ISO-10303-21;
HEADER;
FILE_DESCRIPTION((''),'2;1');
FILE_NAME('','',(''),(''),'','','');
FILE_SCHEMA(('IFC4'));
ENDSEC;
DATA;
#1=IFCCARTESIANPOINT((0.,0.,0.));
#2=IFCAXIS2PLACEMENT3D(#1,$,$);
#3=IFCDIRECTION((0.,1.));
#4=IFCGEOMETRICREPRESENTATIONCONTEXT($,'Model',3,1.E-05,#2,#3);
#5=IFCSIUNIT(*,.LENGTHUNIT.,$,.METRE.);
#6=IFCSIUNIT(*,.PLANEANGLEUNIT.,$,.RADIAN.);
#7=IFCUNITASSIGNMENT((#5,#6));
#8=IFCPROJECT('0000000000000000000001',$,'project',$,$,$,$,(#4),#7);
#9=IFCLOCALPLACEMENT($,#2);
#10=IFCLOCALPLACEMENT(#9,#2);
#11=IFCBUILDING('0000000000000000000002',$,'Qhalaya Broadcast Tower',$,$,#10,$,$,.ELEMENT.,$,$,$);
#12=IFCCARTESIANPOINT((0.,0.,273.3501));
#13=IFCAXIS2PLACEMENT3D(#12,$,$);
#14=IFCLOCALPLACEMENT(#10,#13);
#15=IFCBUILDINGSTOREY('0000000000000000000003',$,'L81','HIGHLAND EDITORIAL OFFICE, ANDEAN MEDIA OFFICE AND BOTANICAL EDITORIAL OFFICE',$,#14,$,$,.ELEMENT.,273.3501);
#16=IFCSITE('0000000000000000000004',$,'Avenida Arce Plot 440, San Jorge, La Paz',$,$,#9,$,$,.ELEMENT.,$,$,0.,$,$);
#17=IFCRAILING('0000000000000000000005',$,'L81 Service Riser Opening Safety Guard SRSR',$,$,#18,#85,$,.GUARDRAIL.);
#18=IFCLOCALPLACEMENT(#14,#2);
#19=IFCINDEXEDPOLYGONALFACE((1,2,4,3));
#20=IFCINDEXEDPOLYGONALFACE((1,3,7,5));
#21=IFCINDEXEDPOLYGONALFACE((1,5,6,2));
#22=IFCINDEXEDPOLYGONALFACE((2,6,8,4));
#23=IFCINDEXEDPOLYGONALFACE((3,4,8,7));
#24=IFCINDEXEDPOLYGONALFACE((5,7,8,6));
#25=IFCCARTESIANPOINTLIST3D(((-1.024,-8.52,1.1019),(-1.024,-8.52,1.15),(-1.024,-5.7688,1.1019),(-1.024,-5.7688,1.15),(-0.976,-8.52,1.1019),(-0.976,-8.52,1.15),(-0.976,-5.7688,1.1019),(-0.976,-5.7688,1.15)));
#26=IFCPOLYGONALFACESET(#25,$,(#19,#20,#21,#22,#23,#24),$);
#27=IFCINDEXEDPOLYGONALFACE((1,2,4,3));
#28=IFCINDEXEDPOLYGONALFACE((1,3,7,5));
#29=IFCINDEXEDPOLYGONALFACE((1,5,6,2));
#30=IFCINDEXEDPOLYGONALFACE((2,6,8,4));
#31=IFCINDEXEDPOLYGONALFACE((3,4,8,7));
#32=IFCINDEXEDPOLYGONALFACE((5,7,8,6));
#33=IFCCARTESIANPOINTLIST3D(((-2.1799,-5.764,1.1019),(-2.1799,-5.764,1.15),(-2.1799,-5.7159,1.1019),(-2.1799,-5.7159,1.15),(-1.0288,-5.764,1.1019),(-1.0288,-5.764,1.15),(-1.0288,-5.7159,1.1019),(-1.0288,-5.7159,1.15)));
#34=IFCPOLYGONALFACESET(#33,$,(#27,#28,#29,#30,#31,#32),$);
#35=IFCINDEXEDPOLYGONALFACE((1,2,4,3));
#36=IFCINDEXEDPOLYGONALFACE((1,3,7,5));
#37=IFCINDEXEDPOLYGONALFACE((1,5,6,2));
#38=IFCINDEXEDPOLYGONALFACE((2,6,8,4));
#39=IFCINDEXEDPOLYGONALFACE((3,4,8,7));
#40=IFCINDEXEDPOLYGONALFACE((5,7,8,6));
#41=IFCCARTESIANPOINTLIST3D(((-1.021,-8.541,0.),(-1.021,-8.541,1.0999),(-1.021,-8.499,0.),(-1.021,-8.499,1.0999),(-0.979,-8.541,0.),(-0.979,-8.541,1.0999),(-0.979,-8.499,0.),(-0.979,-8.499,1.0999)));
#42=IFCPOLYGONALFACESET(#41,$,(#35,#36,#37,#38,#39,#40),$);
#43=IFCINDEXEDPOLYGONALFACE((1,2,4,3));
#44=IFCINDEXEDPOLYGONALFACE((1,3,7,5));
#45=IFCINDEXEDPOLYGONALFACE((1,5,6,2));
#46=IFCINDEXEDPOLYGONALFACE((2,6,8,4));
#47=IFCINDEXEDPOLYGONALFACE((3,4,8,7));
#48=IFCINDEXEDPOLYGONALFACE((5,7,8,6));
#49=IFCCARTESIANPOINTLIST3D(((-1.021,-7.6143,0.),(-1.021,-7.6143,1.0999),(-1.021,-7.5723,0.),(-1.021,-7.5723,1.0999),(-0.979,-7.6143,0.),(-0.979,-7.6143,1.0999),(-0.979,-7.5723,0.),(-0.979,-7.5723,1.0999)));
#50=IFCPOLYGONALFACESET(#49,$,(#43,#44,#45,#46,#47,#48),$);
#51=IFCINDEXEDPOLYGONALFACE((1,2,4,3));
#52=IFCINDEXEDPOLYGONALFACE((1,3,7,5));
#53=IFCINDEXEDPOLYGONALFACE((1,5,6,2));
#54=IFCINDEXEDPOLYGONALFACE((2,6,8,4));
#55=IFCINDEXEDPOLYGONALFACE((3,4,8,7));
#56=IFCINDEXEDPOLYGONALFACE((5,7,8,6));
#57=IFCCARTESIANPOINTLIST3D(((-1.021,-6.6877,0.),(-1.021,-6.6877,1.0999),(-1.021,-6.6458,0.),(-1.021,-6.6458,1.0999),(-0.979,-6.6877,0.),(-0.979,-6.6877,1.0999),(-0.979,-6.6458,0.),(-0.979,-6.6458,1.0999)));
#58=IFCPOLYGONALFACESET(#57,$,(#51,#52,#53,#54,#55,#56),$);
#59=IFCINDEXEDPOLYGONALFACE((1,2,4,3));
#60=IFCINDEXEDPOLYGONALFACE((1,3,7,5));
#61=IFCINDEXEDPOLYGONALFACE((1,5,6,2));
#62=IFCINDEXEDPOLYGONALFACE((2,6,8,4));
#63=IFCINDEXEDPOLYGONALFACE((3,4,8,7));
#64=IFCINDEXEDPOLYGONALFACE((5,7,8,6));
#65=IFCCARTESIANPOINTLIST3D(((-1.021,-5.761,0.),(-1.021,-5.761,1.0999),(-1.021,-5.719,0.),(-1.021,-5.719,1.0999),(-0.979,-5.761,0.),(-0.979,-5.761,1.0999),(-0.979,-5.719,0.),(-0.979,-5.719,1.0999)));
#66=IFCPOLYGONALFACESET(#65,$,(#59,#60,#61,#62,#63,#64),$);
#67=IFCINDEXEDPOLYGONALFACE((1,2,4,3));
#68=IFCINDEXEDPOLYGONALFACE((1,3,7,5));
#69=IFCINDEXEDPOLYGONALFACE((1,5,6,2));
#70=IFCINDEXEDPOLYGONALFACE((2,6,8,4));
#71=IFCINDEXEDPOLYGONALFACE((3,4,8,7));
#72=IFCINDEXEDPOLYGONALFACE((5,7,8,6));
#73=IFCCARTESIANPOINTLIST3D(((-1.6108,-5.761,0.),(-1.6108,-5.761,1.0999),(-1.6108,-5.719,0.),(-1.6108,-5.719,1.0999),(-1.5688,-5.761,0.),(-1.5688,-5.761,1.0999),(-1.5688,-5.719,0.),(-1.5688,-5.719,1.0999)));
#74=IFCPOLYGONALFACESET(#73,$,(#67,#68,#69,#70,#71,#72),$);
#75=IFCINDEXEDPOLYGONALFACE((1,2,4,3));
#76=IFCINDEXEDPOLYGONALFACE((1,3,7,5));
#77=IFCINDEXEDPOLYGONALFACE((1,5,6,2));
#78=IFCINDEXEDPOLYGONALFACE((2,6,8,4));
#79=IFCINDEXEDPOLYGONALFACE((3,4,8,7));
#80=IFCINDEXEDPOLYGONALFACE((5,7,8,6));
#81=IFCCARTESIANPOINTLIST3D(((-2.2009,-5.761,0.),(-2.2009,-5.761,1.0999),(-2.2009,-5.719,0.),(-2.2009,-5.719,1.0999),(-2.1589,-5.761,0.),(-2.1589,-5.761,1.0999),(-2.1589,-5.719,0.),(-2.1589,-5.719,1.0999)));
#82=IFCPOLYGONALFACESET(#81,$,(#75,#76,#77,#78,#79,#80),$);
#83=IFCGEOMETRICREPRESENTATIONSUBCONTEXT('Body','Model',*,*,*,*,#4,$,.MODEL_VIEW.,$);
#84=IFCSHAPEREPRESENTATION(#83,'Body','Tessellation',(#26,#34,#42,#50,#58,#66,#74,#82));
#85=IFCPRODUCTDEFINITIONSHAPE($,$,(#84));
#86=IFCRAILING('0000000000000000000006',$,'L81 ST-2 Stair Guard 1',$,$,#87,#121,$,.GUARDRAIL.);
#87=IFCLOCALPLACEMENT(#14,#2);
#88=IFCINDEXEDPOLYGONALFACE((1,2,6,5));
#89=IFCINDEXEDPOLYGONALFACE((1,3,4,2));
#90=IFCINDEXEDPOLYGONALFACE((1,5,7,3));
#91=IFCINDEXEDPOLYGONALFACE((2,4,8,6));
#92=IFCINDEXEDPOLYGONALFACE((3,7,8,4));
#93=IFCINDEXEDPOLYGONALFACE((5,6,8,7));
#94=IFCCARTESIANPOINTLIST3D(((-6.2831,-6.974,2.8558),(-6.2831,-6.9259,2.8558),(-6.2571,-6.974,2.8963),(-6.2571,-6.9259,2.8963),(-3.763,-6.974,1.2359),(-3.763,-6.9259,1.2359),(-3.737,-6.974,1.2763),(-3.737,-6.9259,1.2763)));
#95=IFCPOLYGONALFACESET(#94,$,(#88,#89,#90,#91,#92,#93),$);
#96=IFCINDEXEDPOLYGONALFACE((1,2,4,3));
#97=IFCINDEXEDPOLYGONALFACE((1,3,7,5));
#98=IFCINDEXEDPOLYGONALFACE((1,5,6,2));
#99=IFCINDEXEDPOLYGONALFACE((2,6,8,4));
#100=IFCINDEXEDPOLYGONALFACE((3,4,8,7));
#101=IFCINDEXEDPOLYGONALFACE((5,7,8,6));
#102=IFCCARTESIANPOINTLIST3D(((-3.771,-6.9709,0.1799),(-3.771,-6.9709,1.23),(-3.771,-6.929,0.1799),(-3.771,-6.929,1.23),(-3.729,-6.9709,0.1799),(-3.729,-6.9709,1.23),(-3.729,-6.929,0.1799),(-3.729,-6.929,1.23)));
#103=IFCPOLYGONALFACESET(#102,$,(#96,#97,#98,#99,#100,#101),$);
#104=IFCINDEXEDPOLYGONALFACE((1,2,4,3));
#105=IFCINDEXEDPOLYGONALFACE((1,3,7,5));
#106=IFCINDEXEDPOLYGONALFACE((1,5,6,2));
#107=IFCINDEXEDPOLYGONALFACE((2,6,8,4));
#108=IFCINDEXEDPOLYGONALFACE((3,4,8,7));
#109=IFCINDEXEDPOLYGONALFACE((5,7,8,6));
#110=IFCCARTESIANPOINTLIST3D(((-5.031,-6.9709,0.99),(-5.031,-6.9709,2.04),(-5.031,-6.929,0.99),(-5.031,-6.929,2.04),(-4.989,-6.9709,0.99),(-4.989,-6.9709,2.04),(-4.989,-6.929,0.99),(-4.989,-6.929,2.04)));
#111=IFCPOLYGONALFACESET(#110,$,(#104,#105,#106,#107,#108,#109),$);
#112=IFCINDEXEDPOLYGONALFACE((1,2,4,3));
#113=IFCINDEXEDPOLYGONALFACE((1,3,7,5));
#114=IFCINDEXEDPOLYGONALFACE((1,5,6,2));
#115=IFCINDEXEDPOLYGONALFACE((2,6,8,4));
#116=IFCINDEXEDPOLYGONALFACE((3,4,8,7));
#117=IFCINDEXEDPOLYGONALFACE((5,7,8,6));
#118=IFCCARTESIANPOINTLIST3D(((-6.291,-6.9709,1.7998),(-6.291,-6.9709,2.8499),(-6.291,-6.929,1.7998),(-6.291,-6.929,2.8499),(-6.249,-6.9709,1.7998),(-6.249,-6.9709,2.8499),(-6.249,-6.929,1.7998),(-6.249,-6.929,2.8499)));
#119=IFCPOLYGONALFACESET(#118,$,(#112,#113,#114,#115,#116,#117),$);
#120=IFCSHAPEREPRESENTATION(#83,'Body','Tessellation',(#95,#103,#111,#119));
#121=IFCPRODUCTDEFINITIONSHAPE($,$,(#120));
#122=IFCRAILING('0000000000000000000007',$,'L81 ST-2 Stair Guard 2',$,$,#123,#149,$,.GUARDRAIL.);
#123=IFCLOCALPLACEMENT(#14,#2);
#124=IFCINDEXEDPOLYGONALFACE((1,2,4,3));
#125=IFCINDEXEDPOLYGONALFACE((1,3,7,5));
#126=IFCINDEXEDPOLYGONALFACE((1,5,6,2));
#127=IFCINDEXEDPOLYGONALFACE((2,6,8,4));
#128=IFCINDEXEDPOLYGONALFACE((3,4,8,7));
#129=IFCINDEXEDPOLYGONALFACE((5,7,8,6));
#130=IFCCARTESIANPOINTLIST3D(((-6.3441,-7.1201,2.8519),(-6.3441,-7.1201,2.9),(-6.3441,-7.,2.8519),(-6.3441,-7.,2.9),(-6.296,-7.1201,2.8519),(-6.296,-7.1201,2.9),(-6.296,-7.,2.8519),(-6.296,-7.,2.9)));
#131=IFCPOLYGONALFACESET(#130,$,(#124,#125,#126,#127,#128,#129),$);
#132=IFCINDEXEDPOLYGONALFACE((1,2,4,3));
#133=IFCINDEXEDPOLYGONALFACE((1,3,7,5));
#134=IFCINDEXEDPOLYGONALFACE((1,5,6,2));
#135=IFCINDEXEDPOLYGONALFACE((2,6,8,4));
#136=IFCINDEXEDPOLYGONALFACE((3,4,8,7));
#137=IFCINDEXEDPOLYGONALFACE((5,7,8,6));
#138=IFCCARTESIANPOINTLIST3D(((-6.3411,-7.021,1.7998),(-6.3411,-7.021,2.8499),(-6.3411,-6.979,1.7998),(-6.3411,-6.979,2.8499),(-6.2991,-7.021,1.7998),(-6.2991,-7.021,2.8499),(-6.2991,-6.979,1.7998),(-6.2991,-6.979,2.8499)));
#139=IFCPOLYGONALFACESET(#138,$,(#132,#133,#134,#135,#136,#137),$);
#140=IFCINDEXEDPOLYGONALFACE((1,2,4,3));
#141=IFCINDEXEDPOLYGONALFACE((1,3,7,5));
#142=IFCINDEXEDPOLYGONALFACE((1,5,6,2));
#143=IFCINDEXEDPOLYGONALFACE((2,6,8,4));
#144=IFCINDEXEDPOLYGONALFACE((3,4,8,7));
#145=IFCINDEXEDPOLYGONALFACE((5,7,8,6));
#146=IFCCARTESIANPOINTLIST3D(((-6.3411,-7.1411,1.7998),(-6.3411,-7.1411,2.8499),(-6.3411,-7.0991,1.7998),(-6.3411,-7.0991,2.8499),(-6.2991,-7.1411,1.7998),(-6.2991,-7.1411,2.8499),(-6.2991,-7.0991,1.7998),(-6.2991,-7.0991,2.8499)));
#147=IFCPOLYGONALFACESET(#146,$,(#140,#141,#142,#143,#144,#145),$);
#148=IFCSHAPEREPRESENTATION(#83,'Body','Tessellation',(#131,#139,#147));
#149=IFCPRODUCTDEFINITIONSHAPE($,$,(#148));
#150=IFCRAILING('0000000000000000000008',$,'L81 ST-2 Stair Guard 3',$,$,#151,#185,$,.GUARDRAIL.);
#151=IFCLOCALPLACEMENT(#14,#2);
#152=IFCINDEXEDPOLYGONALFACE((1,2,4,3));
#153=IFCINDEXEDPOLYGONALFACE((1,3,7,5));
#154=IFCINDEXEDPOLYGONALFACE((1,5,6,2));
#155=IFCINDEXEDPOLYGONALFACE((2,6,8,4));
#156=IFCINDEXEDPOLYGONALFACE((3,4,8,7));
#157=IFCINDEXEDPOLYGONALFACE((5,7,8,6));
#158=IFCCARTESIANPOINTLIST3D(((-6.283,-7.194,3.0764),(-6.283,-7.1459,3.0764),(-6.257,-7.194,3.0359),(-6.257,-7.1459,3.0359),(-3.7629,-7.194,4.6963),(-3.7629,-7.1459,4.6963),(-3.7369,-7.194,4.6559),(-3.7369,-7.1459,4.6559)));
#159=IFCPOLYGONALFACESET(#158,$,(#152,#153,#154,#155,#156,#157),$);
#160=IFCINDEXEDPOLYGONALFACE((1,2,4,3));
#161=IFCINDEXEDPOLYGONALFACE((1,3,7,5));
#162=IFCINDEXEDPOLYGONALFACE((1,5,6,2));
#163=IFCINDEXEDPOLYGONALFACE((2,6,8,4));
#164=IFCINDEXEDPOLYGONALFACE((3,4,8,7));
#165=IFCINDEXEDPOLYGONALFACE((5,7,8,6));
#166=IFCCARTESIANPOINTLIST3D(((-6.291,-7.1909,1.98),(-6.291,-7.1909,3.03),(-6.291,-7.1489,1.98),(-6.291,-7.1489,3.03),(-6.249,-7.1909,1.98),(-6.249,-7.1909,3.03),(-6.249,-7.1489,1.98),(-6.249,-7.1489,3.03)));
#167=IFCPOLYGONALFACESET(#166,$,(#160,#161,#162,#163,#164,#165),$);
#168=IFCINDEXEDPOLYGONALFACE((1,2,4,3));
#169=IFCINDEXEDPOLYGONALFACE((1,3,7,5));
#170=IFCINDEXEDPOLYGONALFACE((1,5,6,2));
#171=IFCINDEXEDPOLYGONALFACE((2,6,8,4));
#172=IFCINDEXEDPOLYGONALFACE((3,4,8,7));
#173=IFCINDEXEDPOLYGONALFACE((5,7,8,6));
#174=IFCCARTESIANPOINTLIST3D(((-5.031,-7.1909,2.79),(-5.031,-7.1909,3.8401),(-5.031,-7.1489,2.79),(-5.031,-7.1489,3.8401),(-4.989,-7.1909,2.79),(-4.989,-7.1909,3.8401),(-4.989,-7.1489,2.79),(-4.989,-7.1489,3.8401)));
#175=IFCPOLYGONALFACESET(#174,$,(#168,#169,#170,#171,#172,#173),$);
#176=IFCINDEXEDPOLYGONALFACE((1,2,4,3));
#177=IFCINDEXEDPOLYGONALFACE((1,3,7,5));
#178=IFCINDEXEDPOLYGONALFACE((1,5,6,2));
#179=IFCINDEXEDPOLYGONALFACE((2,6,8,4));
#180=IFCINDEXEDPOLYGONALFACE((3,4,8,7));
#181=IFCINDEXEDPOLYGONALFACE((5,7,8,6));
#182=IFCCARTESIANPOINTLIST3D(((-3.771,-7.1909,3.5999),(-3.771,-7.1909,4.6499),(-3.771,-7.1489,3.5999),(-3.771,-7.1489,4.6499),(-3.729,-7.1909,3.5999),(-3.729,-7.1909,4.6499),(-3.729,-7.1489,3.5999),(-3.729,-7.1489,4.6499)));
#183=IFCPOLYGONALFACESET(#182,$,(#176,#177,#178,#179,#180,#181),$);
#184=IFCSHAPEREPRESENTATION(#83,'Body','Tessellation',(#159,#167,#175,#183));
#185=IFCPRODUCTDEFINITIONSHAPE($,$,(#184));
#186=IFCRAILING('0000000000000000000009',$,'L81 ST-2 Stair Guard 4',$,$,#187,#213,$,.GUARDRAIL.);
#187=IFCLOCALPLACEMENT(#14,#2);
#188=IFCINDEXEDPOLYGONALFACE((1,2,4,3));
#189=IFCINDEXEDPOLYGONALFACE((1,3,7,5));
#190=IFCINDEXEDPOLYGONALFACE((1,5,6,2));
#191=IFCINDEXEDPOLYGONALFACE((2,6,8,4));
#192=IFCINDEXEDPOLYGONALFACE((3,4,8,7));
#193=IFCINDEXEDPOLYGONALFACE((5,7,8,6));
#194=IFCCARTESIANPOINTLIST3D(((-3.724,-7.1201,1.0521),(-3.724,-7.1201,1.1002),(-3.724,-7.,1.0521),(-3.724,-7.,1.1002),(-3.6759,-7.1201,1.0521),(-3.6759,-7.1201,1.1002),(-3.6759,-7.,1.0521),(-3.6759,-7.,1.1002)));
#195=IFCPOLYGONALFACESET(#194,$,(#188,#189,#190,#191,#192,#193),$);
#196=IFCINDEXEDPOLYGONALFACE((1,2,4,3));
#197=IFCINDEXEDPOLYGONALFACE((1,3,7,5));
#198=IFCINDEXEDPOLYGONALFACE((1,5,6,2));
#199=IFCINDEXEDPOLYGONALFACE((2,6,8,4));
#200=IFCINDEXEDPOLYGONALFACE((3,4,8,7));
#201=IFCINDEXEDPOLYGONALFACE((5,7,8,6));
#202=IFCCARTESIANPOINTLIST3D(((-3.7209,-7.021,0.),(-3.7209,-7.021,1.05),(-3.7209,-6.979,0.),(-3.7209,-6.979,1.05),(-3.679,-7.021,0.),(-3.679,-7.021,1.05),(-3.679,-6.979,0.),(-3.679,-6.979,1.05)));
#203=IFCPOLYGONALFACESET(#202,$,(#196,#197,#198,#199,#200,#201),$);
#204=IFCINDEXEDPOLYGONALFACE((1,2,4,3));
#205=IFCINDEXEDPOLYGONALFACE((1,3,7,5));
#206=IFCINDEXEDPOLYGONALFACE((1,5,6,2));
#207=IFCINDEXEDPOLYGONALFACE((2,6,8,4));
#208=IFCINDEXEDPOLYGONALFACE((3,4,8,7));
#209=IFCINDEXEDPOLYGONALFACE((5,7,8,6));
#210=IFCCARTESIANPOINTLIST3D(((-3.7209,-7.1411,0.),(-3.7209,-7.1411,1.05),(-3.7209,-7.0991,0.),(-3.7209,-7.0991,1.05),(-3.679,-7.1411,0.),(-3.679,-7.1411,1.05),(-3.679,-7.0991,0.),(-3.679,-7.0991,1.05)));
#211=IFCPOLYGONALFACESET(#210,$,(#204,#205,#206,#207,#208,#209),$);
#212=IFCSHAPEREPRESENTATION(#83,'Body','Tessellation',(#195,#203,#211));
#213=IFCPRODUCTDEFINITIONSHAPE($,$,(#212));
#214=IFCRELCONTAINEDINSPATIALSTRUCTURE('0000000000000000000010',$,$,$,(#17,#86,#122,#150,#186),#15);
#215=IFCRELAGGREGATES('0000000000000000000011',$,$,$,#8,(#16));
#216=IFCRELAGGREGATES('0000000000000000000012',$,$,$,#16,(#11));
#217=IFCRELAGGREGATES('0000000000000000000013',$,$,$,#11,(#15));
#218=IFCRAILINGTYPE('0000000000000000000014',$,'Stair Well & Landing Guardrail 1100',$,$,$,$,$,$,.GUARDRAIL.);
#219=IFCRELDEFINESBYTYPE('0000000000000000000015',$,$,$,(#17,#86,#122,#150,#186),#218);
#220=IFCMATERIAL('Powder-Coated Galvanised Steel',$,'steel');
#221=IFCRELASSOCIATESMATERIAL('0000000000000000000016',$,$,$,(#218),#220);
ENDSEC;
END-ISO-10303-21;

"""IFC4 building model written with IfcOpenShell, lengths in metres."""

from ifc_helpers import new_model, si_unit, direction, frame, origin, origin_2d, place, context, subcontext, project, spatial, rectangle, extrude, material, type_object, element, save


model = new_model("IFC4")

# Units and contexts
model_context = context("Model", 3, precision=1e-05, world=origin(), true_north=direction((0.0, 1.0)))
body_context = subcontext(model_context, "Body", "Model", "MODEL_VIEW")
ifc_project = project(units=[si_unit("LENGTHUNIT", "METRE"), si_unit("PLANEANGLEUNIT", "RADIAN")], contexts=[model_context])

# Site, building, storey
site_placement = place(None, origin())
site = spatial("IfcSite", under=ifc_project, at=site_placement, Name="Avenida Arce Plot 440, San Jorge, La Paz", CompositionType="ELEMENT", RefElevation=0.0)
building_placement = place(site_placement, origin())
building = spatial("IfcBuilding", under=site, at=building_placement, Name="Qhalaya Broadcast Tower", CompositionType="ELEMENT")
storey_placement = place(building_placement, frame((0.0, 0.0, 273.3501)))
storey = spatial("IfcBuildingStorey", under=building, at=storey_placement, Name="L81", Description="HIGHLAND EDITORIAL OFFICE, ANDEAN MEDIA OFFICE AND BOTANICAL EDITORIAL OFFICE", CompositionType="ELEMENT", Elevation=273.3501)

# Railings
ifc_material_1 = material(Name="Powder-Coated Galvanised Steel", Category="steel")
railing_type_1 = type_object("IfcRailingType", Name="Stair Well & Landing Guardrail 1100", PredefinedType="GUARDRAIL", material=ifc_material_1)
railing_1_placement = place(storey_placement, frame((-1.0, -8.52, 0.0)))
element("IfcRailing", 1, at=railing_1_placement, inside=storey, type_object=railing_type_1, Name="L81 Service Riser Opening Safety Guard SRSR", PredefinedType="GUARDRAIL", context=body_context, shape_type="SweptSolid", body=[
    extrude(rectangle(XDim=0.0481, YDim=0.0481, at=origin_2d()), frame((0.0, 0.0, 1.126), z_axis=(0.0, 1.0, 0.0), x_axis=(-1.0, 0.0, 0.0)), (0.0, 0.0, 1.0), 2.7512),
    extrude(rectangle(XDim=0.0481, YDim=0.0481, at=origin_2d()), frame((-0.0288, 2.78, 1.126), z_axis=(-1.0, 0.0, 0.0), x_axis=(0.0, -1.0, 0.0)), (0.0, 0.0, 1.0), 1.1511),
    extrude(rectangle(XDim=0.042, YDim=0.042, at=origin_2d()), origin(), (0.0, 0.0, 1.0), 1.0999),
    extrude(rectangle(XDim=0.042, YDim=0.042, at=origin_2d()), frame((0.0, 0.9268, 0.0)), (0.0, 0.0, 1.0), 1.0999),
    extrude(rectangle(XDim=0.042, YDim=0.042, at=origin_2d()), frame((0.0, 1.8533, 0.0)), (0.0, 0.0, 1.0), 1.0999),
    extrude(rectangle(XDim=0.042, YDim=0.042, at=origin_2d()), frame((0.0, 2.78, 0.0)), (0.0, 0.0, 1.0), 1.0999),
    extrude(rectangle(XDim=0.042, YDim=0.042, at=origin_2d()), frame((-0.5898, 2.78, 0.0)), (0.0, 0.0, 1.0), 1.0999),
    extrude(rectangle(XDim=0.042, YDim=0.042, at=origin_2d()), frame((-1.1799, 2.78, 0.0)), (0.0, 0.0, 1.0), 1.0999),
])
railing_2_placement = place(storey_placement, frame((-3.75, -6.95, 0.1799)))
element("IfcRailing", 2, at=railing_2_placement, inside=storey, type_object=railing_type_1, Name="L81 ST-2 Stair Guard 1", PredefinedType="GUARDRAIL", context=body_context, shape_type="SweptSolid", body=[
    extrude(rectangle(XDim=0.0481, YDim=0.0481, at=origin_2d()), frame((0.0, 0.0, 1.0762), z_axis=(-0.8412, 0.0, 0.540725), x_axis=(0.0, -1.0, 0.0)), (0.0, 0.0, 1.0), 2.9958),
    extrude(rectangle(XDim=0.042, YDim=0.042, at=origin_2d()), origin(), (0.0, 0.0, 1.0), 1.05),
    extrude(rectangle(XDim=0.042, YDim=0.042, at=origin_2d()), frame((-1.26, 0.0, 0.8101)), (0.0, 0.0, 1.0), 1.05),
    extrude(rectangle(XDim=0.042, YDim=0.042, at=origin_2d()), frame((-2.52, 0.0, 1.6199)), (0.0, 0.0, 1.0), 1.05),
])
railing_3_placement = place(storey_placement, frame((-6.3201, -7.0, 1.7998)))
element("IfcRailing", 3, at=railing_3_placement, inside=storey, type_object=railing_type_1, Name="L81 ST-2 Stair Guard 2", PredefinedType="GUARDRAIL", context=body_context, shape_type="SweptSolid", body=[
    extrude(rectangle(XDim=0.0481, YDim=0.0481, at=origin_2d()), frame((0.0, 0.0, 1.0762), z_axis=(0.0, -1.0, 0.0), x_axis=(1.0, 0.0, 0.0)), (0.0, 0.0, 1.0), 0.1201),
    extrude(rectangle(XDim=0.042, YDim=0.042, at=origin_2d()), origin(), (0.0, 0.0, 1.0), 1.05),
    extrude(rectangle(XDim=0.042, YDim=0.042, at=origin_2d()), frame((0.0, -0.1201, 0.0)), (0.0, 0.0, 1.0), 1.05),
])
railing_4_placement = place(storey_placement, frame((-6.27, -7.1699, 1.98)))
element("IfcRailing", 4, at=railing_4_placement, inside=storey, type_object=railing_type_1, Name="L81 ST-2 Stair Guard 3", PredefinedType="GUARDRAIL", context=body_context, shape_type="SweptSolid", body=[
    extrude(rectangle(XDim=0.0481, YDim=0.0481, at=origin_2d()), frame((0.0, 0.0, 1.0762), z_axis=(0.8412, 0.0, 0.540725), x_axis=(0.0, 1.0, 0.0)), (0.0, 0.0, 1.0), 2.9958),
    extrude(rectangle(XDim=0.042, YDim=0.042, at=origin_2d()), origin(), (0.0, 0.0, 1.0), 1.05),
    extrude(rectangle(XDim=0.042, YDim=0.042, at=origin_2d()), frame((1.26, 0.0, 0.8101)), (0.0, 0.0, 1.0), 1.05),
    extrude(rectangle(XDim=0.042, YDim=0.042, at=origin_2d()), frame((2.52, 0.0, 1.6199)), (0.0, 0.0, 1.0), 1.05),
])
railing_5_placement = place(storey_placement, frame((-3.7, -7.0, 0.0)))
element("IfcRailing", 5, at=railing_5_placement, inside=storey, type_object=railing_type_1, Name="L81 ST-2 Stair Guard 4", PredefinedType="GUARDRAIL", context=body_context, shape_type="SweptSolid", body=[
    extrude(rectangle(XDim=0.0481, YDim=0.0481, at=origin_2d()), frame((0.0, 0.0, 1.0762), z_axis=(0.0, -1.0, 0.0), x_axis=(1.0, 0.0, 0.0)), (0.0, 0.0, 1.0), 0.1201),
    extrude(rectangle(XDim=0.042, YDim=0.042, at=origin_2d()), origin(), (0.0, 0.0, 1.0), 1.05),
    extrude(rectangle(XDim=0.042, YDim=0.042, at=origin_2d()), frame((0.0, -0.1201, 0.0)), (0.0, 0.0, 1.0), 1.05),
])

save(model, "model.ifc")
